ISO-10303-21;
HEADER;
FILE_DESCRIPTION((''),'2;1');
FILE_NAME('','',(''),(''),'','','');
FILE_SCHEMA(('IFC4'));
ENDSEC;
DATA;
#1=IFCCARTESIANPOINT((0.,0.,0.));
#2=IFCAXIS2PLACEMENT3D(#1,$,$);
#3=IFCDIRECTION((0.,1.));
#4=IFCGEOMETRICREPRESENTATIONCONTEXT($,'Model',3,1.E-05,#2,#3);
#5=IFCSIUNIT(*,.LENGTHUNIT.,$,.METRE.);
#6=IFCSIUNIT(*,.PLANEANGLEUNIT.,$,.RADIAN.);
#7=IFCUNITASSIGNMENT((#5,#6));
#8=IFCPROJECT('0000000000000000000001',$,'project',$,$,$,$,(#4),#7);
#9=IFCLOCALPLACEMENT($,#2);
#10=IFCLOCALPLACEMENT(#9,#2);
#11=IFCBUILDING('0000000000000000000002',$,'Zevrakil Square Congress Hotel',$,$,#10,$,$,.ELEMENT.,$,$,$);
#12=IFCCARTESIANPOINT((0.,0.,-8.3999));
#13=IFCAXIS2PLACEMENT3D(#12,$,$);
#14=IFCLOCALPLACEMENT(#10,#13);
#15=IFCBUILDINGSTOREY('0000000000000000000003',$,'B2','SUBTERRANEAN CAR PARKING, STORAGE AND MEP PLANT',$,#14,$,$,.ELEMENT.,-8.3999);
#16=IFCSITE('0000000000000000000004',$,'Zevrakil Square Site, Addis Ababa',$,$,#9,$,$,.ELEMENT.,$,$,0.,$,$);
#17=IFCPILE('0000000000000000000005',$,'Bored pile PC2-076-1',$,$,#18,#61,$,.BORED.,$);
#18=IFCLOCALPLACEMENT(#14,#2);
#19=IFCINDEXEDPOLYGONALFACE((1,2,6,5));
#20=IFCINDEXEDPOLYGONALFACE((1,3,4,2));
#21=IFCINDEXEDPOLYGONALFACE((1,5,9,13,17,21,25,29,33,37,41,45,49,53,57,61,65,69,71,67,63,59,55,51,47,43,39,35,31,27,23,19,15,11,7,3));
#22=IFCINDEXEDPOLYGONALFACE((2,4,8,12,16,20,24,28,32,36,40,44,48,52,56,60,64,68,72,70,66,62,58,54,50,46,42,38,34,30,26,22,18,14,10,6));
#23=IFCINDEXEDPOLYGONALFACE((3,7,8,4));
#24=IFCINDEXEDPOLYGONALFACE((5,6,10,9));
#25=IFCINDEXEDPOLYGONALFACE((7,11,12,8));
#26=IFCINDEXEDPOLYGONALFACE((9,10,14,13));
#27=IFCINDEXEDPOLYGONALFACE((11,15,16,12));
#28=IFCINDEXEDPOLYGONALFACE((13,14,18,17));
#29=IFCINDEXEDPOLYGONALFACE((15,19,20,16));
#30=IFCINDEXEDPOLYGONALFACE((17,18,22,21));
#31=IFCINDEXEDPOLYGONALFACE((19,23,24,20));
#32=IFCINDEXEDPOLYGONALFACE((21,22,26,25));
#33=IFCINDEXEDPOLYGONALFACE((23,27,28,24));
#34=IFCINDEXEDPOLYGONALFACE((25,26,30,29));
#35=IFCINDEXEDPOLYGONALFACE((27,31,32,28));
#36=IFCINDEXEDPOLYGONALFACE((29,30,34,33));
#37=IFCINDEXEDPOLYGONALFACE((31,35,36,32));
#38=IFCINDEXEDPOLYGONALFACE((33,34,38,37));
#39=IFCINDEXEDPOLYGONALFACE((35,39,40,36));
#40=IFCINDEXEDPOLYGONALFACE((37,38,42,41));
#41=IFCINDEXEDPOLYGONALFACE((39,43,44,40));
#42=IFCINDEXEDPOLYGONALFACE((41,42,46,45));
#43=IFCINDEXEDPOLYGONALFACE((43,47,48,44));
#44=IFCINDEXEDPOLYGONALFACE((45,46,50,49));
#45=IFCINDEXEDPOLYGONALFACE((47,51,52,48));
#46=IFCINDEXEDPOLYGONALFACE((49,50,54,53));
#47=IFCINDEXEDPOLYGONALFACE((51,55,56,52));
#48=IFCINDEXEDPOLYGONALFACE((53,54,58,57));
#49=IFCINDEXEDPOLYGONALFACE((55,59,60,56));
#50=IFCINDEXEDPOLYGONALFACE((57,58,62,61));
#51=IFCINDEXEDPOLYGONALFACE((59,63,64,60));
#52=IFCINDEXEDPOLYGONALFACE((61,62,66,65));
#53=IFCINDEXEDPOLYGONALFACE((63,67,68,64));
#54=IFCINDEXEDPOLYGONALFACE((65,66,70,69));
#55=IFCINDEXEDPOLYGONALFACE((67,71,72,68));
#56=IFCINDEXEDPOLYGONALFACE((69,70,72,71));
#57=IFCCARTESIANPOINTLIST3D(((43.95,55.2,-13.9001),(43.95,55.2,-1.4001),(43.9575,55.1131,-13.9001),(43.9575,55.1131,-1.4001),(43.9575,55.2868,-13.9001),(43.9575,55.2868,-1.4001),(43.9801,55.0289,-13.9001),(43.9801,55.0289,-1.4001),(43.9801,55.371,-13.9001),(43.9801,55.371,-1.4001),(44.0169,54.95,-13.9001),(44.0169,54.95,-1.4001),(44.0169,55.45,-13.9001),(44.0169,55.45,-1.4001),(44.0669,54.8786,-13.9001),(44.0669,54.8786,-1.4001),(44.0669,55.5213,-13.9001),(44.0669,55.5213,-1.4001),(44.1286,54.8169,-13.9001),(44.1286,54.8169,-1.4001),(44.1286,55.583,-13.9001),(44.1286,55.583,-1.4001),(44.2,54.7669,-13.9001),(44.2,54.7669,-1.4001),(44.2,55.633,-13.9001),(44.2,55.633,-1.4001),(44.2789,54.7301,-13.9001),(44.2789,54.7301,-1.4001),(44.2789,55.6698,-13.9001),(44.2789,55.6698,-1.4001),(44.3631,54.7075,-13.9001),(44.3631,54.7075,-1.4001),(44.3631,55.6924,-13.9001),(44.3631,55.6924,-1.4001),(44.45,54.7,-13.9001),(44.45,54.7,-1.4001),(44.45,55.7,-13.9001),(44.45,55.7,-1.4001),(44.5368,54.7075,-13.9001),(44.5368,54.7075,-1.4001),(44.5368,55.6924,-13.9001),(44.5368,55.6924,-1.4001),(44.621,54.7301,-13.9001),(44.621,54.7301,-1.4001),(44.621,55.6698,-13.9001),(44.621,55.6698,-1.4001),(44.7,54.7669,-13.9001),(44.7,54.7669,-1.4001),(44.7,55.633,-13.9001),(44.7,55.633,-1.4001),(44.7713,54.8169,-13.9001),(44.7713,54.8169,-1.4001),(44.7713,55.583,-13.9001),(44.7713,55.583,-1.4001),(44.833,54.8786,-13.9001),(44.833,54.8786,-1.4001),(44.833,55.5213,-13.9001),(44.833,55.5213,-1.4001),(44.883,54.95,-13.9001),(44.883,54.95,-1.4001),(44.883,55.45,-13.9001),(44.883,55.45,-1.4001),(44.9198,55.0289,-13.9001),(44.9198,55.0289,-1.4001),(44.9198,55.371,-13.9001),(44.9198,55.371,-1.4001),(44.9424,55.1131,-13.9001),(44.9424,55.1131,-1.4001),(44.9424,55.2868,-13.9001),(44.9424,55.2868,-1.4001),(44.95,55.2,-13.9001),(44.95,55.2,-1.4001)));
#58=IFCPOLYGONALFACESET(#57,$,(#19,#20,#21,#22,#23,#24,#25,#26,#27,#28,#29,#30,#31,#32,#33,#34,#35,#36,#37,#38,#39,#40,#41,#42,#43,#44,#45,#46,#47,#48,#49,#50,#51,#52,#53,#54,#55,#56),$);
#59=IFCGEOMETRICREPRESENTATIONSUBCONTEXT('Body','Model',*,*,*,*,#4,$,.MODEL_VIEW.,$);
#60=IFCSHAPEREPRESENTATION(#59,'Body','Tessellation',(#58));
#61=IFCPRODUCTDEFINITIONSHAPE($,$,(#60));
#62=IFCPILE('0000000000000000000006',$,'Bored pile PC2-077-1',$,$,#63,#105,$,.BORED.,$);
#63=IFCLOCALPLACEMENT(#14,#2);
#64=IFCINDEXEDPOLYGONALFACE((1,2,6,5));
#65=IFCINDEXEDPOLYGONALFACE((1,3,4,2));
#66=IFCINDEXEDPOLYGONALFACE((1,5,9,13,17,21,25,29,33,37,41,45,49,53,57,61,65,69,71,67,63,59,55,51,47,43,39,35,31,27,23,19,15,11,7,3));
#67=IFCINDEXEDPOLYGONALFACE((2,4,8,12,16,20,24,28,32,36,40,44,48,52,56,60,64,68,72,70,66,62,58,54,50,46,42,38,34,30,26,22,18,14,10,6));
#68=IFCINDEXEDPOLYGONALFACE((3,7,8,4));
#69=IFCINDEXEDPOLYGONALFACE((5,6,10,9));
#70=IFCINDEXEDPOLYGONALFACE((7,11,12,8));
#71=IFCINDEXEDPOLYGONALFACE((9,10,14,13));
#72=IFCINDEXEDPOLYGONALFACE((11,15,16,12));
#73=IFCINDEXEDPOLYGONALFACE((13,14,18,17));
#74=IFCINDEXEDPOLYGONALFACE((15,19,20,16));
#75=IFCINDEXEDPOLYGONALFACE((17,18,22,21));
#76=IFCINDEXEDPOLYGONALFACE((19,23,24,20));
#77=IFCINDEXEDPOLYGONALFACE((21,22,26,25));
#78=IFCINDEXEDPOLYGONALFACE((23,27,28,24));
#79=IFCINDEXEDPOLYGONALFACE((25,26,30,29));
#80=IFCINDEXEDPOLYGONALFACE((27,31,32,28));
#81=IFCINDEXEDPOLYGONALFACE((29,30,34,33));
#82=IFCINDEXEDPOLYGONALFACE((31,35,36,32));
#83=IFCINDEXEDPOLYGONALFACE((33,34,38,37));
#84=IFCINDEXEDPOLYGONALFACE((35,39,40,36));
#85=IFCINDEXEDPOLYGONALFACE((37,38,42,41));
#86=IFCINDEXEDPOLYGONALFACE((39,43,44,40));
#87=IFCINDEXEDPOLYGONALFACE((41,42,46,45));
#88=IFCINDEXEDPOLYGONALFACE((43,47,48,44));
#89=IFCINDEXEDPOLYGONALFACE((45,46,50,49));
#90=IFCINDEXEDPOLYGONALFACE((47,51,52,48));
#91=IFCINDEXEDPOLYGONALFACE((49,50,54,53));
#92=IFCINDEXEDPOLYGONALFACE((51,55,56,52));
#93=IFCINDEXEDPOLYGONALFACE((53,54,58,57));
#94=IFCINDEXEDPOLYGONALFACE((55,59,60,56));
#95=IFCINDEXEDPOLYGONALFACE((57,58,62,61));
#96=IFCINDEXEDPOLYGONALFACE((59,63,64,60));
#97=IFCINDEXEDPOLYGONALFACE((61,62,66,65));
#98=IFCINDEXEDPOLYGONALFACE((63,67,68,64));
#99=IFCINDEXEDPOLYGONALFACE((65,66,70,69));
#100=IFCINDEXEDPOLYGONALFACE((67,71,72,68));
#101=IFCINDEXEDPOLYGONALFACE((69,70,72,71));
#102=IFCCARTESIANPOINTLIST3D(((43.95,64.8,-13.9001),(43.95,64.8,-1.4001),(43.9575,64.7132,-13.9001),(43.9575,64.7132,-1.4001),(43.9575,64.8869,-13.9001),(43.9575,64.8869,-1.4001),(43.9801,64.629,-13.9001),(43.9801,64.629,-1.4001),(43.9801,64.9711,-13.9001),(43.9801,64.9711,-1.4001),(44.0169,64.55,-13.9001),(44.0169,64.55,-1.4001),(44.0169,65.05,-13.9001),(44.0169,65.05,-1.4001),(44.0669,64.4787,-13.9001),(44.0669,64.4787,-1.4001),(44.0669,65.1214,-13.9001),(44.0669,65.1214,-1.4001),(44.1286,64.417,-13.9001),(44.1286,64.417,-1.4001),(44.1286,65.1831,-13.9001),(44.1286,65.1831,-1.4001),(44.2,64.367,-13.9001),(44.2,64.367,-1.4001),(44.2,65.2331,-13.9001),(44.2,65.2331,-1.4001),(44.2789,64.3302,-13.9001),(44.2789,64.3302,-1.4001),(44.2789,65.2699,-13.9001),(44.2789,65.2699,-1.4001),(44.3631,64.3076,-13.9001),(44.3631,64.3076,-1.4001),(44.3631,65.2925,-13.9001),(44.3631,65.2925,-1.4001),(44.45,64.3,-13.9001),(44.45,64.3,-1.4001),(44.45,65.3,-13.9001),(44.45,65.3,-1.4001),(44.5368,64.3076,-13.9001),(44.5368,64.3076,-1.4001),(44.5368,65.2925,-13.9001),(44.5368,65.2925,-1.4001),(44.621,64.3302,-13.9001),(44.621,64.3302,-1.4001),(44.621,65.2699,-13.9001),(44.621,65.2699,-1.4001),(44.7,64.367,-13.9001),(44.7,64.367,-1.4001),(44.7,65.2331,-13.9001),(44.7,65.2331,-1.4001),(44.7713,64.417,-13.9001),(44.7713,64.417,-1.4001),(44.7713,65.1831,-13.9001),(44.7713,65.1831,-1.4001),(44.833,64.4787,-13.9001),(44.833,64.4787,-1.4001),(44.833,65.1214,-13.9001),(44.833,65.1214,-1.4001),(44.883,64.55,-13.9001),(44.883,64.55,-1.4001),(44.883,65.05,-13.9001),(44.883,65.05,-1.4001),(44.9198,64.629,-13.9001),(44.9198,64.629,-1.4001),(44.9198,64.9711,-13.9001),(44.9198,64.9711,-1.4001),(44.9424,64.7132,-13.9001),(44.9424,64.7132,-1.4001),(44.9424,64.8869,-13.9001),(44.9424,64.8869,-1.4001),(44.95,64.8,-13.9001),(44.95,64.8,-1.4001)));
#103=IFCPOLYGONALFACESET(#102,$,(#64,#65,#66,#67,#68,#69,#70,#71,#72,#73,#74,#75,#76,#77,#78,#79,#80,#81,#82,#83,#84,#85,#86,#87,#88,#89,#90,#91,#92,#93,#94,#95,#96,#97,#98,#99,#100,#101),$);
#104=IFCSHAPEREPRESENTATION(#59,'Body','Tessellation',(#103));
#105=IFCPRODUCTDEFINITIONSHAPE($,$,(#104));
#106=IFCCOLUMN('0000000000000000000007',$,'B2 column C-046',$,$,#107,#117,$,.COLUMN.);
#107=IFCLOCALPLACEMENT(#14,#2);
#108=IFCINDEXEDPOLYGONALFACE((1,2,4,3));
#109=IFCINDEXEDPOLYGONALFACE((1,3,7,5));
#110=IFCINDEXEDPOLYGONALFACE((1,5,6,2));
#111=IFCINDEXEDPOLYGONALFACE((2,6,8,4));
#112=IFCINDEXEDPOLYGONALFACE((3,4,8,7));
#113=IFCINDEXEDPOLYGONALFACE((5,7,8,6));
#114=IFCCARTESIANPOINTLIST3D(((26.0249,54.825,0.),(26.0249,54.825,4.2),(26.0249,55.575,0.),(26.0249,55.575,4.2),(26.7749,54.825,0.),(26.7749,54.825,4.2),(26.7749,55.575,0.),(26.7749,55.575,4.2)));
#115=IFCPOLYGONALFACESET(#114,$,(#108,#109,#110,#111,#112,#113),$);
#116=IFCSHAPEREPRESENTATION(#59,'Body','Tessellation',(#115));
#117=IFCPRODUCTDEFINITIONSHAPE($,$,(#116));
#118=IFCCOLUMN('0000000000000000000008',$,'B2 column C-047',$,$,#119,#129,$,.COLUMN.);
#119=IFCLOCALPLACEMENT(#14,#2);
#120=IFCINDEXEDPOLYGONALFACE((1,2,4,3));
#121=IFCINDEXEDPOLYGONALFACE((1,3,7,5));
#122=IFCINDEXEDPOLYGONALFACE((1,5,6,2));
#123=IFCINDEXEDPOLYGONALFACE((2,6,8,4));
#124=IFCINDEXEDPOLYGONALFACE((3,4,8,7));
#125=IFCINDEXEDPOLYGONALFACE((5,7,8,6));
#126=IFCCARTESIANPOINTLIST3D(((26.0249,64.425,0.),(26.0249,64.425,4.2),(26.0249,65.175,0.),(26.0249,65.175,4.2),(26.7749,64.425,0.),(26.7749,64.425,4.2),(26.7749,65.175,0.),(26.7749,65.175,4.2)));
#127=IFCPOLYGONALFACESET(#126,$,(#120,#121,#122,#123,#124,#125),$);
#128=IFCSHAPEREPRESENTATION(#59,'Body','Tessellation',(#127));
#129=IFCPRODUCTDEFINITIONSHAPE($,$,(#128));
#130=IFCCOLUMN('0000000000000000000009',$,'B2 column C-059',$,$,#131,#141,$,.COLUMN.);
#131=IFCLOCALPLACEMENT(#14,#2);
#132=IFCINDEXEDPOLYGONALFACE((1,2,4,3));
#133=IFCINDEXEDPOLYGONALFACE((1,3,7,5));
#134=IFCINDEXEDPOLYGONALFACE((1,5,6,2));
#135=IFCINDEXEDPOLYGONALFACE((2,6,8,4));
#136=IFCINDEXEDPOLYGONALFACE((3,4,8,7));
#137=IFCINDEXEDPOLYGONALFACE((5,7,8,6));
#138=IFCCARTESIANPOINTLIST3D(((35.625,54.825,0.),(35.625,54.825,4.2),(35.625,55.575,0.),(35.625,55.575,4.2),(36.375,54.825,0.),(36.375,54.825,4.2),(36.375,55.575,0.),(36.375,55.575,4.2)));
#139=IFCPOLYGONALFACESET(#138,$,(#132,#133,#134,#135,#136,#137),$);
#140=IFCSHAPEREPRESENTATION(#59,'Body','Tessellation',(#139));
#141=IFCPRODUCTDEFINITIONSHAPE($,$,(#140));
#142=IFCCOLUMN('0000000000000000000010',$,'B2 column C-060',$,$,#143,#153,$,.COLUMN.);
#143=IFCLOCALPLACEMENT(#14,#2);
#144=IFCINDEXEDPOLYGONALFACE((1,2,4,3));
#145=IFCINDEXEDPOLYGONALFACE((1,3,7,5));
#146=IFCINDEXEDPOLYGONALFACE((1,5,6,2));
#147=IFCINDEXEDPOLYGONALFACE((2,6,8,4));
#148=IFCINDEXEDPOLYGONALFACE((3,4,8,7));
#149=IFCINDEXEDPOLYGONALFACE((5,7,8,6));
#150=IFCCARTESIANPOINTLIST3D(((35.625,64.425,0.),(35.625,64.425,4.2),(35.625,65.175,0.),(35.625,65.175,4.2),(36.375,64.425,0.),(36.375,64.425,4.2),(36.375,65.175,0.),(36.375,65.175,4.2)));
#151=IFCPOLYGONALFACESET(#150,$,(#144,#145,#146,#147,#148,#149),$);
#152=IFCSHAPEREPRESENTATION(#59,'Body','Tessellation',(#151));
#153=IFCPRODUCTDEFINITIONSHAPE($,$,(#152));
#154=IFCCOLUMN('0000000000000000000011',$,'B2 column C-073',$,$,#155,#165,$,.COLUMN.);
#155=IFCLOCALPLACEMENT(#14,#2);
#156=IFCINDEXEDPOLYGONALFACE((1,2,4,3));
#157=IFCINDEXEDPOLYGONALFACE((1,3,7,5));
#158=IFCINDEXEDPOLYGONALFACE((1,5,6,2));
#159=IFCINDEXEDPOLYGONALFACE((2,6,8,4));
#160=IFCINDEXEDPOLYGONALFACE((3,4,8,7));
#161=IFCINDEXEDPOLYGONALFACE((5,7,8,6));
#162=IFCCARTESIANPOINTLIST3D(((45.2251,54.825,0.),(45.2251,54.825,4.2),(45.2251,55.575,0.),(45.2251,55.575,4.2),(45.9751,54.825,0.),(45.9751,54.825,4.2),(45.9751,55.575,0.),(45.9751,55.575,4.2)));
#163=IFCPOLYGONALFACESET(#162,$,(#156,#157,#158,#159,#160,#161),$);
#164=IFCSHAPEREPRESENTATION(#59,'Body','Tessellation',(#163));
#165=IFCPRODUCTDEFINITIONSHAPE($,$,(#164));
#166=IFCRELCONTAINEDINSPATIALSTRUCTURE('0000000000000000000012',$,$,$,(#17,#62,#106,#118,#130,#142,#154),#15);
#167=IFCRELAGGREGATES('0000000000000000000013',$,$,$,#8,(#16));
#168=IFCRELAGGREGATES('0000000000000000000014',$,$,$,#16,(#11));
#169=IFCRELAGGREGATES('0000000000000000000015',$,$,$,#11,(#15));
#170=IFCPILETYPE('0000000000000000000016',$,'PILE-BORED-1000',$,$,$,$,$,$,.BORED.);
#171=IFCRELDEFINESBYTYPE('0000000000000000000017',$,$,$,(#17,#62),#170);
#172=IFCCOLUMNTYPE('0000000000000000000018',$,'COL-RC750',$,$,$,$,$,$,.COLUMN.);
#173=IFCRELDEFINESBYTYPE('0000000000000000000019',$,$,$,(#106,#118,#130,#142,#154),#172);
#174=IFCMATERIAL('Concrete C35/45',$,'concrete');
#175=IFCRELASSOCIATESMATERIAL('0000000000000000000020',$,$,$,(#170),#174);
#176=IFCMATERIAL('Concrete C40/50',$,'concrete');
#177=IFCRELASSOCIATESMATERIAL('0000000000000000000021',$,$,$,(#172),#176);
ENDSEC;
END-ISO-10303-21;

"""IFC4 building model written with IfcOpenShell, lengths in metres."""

from ifc_helpers import new_model, si_unit, direction, frame, origin, origin_2d, place, context, subcontext, project, spatial, rectangle, circle, extrude, material, material_profile, profile_set, type_object, element, save


model = new_model("IFC4")

# Units and contexts
model_context = context("Model", 3, precision=1e-05, world=origin(), true_north=direction((0.0, 1.0)))
body_context = subcontext(model_context, "Body", "Model", "MODEL_VIEW")
ifc_project = project(units=[si_unit("LENGTHUNIT", "METRE"), si_unit("PLANEANGLEUNIT", "RADIAN")], contexts=[model_context])

# Site, building, storey
site_placement = place(None, origin())
site = spatial("IfcSite", under=ifc_project, at=site_placement, Name="Zevrakil Square Site, Addis Ababa", CompositionType="ELEMENT", RefElevation=0.0)
building_placement = place(site_placement, origin())
building = spatial("IfcBuilding", under=site, at=building_placement, Name="Zevrakil Square Congress Hotel", CompositionType="ELEMENT")
storey_placement = place(building_placement, frame((0.0, 0.0, -8.3999)))
storey = spatial("IfcBuildingStorey", under=building, at=storey_placement, Name="B2", Description="SUBTERRANEAN CAR PARKING, STORAGE AND MEP PLANT", CompositionType="ELEMENT", Elevation=-8.3999)

# Piles
ifc_material_1 = material(Name="Concrete C35/45", Category="concrete")
ifc_material_profile_1 = material_profile(ifc_material_1, circle(Radius=0.5, at=origin_2d()), Name="PILE D1000")
ifc_profile_set_1 = profile_set([ifc_material_profile_1], Name="Concrete C35/45")
pile_type = type_object("IfcPileType", Name="PILE-BORED-1000", PredefinedType="BORED", material=ifc_profile_set_1)
for number, where, z_axis, x_axis, name in (
    (1, (44.45, 55.2, -1.4001), (0.0, 0.0, -1.0), (1.0, 0.0, 0.0), "Bored pile PC2-076-1"),
    (2, (44.45, 64.8, -1.4001), (0.0, 0.0, -1.0), (1.0, 0.0, 0.0), "Bored pile PC2-077-1"),
):
    element("IfcPile", number, at=place(storey_placement, frame(where, z_axis=z_axis, x_axis=x_axis)), inside=storey, type_object=pile_type, Name=name, PredefinedType="BORED", context=body_context, shape_type="SweptSolid", body=[
        extrude(circle(Radius=0.5, at=origin_2d()), origin(), (0.0, 0.0, 1.0), 12.5),
    ])

# Columns
ifc_material_2 = material(Name="Concrete C40/50", Category="concrete")
ifc_material_profile_2 = material_profile(ifc_material_2, rectangle(XDim=0.75, YDim=0.75, at=origin_2d()), Name="RC 750x750")
ifc_profile_set_2 = profile_set([ifc_material_profile_2], Name="Concrete C40/50")
column_type = type_object("IfcColumnType", Name="COL-RC750", PredefinedType="COLUMN", material=ifc_profile_set_2)
for number, where, z_axis, x_axis, name in (
    (3, (26.3999, 55.2, 0.0), (0.0, 0.0, 1.0), (1.0, 0.0, 0.0), "B2 column C-046"),
    (4, (26.3999, 64.8, 0.0), (0.0, 0.0, 1.0), (1.0, 0.0, 0.0), "B2 column C-047"),
    (5, (36.0, 55.2, 0.0), (0.0, 0.0, 1.0), (1.0, 0.0, 0.0), "B2 column C-059"),
    (6, (36.0, 64.8, 0.0), (0.0, 0.0, 1.0), (1.0, 0.0, 0.0), "B2 column C-060"),
    (7, (45.6001, 55.2, 0.0), (0.0, 0.0, 1.0), (1.0, 0.0, 0.0), "B2 column C-073"),
):
    element("IfcColumn", number, at=place(storey_placement, frame(where, z_axis=z_axis, x_axis=x_axis)), inside=storey, type_object=column_type, Name=name, PredefinedType="COLUMN", context=body_context, shape_type="SweptSolid", body=[
        extrude(rectangle(XDim=0.75, YDim=0.75, at=origin_2d()), origin(), (0.0, 0.0, 1.0), 4.2),
    ])

save(model, "model.ifc")
